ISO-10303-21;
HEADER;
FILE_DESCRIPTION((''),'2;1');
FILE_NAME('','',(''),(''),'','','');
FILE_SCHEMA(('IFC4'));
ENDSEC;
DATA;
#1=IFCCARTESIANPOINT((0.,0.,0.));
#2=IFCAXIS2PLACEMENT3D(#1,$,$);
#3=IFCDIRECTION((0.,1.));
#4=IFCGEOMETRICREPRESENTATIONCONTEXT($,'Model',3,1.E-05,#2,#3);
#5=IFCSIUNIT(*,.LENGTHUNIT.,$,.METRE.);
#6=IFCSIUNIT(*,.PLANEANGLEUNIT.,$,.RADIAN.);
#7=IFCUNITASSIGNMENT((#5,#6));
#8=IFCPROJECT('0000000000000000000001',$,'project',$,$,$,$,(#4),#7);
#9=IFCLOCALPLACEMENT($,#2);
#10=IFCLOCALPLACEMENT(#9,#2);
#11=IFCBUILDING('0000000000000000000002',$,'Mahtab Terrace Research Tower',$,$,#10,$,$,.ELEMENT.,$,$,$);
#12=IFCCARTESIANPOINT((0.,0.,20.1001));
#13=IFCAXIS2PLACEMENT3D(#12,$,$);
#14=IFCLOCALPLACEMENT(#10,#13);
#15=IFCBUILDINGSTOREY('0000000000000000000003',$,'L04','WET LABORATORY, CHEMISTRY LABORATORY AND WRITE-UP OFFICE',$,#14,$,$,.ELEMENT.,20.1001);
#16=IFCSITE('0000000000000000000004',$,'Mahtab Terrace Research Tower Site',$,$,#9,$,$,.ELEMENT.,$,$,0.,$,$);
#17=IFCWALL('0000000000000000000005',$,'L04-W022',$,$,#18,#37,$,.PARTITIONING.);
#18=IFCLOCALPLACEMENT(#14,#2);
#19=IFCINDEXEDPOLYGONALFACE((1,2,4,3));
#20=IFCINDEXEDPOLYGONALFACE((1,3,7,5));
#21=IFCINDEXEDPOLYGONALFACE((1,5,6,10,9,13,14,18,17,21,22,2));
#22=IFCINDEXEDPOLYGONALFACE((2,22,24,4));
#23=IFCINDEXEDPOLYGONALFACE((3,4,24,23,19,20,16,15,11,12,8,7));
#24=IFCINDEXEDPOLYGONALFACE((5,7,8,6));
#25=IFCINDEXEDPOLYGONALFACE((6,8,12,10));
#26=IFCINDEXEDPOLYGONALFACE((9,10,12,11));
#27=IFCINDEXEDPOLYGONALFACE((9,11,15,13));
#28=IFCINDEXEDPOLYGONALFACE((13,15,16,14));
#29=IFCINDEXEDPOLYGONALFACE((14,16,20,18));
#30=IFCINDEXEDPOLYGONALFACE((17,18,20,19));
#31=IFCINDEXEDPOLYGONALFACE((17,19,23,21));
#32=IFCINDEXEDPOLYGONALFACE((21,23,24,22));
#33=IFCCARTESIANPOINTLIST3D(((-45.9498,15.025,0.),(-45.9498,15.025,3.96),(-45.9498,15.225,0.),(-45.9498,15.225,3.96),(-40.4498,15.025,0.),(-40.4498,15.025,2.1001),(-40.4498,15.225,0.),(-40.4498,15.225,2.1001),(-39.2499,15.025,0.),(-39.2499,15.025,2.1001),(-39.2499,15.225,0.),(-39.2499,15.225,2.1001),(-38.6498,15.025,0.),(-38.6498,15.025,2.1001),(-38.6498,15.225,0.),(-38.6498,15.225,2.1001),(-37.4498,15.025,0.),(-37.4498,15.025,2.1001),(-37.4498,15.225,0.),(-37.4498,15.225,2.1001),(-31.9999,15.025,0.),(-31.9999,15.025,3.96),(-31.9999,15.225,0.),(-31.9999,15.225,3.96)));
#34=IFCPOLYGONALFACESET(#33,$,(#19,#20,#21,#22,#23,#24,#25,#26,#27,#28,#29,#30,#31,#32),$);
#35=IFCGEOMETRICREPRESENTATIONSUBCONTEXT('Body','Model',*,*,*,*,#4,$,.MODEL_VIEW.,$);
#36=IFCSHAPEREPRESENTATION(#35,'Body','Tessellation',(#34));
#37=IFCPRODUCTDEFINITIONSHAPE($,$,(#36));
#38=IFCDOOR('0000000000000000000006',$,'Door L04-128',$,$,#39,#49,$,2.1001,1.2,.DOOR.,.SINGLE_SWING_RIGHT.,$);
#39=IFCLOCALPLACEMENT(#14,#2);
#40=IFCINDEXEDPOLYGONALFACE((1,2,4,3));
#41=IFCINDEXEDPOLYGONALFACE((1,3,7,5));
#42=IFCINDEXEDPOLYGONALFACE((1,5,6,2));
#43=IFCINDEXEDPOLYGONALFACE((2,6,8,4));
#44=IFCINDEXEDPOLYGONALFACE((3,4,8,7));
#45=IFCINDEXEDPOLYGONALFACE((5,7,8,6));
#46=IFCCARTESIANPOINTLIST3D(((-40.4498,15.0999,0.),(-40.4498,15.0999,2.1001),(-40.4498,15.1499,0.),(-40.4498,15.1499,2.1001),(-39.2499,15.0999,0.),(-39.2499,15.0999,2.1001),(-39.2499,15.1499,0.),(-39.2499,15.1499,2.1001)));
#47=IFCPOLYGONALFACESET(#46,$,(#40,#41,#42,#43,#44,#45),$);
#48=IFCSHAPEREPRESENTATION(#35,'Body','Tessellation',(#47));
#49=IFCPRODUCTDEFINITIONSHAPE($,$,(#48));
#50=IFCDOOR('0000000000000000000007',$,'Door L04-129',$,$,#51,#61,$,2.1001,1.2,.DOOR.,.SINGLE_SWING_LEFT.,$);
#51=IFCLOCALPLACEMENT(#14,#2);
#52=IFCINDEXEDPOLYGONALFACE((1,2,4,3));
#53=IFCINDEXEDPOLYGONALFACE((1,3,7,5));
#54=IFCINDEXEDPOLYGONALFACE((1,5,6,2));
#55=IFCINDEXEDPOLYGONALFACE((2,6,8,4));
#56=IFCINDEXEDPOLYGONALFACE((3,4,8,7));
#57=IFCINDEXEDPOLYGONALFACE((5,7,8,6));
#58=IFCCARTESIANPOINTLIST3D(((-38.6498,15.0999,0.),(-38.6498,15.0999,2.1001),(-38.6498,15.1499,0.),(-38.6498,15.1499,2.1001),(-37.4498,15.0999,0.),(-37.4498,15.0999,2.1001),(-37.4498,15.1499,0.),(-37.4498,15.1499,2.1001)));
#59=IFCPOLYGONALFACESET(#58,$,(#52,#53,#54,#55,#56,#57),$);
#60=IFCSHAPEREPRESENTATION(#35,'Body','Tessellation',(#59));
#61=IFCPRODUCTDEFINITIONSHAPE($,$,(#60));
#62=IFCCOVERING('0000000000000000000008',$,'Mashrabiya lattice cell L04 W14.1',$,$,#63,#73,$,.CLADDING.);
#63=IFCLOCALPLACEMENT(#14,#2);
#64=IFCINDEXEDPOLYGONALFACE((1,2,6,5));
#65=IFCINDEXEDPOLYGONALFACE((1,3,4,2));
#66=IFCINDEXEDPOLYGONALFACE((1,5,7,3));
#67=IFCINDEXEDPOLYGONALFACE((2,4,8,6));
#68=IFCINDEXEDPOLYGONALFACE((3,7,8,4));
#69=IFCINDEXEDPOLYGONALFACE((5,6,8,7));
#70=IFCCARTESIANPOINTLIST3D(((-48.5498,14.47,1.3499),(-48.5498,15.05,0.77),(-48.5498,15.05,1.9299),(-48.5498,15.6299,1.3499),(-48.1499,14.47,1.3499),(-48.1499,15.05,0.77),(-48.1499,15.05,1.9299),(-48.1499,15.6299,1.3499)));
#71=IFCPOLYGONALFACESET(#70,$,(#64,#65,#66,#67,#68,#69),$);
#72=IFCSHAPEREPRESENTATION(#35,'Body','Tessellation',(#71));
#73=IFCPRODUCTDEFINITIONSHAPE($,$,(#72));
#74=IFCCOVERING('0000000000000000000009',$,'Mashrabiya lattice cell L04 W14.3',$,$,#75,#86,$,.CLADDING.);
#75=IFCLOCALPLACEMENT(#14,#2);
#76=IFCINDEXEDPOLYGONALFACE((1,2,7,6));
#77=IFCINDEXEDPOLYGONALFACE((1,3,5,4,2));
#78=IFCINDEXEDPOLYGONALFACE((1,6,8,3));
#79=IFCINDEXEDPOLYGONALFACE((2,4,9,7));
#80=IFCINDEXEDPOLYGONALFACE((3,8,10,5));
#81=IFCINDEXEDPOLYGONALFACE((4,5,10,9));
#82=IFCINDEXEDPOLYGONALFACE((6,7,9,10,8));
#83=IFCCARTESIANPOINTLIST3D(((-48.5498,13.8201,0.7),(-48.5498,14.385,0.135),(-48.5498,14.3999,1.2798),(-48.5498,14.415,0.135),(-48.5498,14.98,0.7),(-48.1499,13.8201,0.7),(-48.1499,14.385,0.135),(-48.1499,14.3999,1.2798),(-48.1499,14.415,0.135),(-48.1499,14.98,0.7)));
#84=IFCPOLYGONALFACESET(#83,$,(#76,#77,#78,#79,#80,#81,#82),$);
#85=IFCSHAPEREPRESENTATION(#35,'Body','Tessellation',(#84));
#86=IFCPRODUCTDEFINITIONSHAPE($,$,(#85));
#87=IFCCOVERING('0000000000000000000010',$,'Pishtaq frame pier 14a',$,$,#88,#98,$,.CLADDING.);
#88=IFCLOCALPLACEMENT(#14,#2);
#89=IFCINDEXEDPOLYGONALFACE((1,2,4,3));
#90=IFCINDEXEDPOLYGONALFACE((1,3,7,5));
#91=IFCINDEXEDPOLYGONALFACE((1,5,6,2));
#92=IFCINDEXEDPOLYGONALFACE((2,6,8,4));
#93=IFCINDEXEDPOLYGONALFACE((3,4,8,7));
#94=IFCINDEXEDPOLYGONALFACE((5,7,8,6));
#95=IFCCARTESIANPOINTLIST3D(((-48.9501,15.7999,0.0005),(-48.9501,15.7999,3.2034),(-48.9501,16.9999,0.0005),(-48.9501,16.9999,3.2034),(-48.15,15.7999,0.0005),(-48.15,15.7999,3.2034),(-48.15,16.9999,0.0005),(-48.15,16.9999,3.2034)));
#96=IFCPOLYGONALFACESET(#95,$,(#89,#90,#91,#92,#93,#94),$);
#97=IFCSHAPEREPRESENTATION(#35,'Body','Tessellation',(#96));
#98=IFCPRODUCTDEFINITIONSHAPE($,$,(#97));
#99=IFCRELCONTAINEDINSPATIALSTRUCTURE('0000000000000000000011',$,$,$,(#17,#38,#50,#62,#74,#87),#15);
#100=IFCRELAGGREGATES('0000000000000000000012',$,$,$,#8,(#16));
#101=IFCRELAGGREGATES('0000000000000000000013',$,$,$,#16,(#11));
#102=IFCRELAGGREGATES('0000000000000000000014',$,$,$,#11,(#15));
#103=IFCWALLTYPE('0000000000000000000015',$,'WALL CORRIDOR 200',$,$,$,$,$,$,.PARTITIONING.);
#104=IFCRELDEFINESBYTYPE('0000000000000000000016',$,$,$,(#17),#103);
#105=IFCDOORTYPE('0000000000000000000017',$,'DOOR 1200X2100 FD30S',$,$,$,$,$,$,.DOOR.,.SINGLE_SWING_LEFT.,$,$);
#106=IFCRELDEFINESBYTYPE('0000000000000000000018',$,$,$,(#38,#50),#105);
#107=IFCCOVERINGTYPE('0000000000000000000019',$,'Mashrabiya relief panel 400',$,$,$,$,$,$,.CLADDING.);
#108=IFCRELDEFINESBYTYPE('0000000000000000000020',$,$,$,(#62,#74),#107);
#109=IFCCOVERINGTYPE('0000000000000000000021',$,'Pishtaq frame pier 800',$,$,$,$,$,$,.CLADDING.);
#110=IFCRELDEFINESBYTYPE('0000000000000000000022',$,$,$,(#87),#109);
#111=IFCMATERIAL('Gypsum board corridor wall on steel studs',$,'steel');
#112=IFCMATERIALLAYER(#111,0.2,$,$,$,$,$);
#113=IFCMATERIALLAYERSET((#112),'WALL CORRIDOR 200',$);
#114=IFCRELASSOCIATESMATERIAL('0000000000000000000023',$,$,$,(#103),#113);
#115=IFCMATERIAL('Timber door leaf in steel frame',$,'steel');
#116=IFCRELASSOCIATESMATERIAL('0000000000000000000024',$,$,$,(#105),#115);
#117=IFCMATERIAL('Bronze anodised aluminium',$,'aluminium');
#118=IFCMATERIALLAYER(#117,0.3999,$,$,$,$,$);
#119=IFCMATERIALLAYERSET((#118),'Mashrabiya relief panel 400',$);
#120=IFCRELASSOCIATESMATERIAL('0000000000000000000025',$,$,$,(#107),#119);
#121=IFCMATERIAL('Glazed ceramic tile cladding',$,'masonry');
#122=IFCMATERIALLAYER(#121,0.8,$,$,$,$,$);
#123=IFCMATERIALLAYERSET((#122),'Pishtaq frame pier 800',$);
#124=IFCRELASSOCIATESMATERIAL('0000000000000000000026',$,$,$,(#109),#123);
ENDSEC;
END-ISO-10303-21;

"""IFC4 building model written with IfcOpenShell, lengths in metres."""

from ifc_helpers import new_model, si_unit, direction, frame, frame_2d, origin, origin_2d, place, context, subcontext, project, spatial, polyline, rectangle, outline, extrude, material, layer, layer_set, type_object, element, fill, save


model = new_model("IFC4")

# Units and contexts
model_context = context("Model", 3, precision=1e-05, world=origin(), true_north=direction((0.0, 1.0)))
body_context = subcontext(model_context, "Body", "Model", "MODEL_VIEW")
ifc_project = project(units=[si_unit("LENGTHUNIT", "METRE"), si_unit("PLANEANGLEUNIT", "RADIAN")], contexts=[model_context])

# Site, building, storey
site_placement = place(None, origin())
site = spatial("IfcSite", under=ifc_project, at=site_placement, Name="Mahtab Terrace Research Tower Site", CompositionType="ELEMENT", RefElevation=0.0)
building_placement = place(site_placement, origin())
building = spatial("IfcBuilding", under=site, at=building_placement, Name="Mahtab Terrace Research Tower", CompositionType="ELEMENT")
storey_placement = place(building_placement, frame((0.0, 0.0, 20.1001)))
storey = spatial("IfcBuildingStorey", under=building, at=storey_placement, Name="L04", Description="WET LABORATORY, CHEMISTRY LABORATORY AND WRITE-UP OFFICE", CompositionType="ELEMENT", Elevation=20.1001)

# Wall, openings, doors
ifc_material_1 = material(Name="Gypsum board corridor wall on steel studs", Category="steel")
ifc_layer_1 = layer(ifc_material_1, 0.2)
ifc_layer_set_1 = layer_set([ifc_layer_1], Name="WALL CORRIDOR 200")
wall_type = type_object("IfcWallType", Name="WALL CORRIDOR 200", PredefinedType="PARTITIONING", material=ifc_layer_set_1)
wall_placement = place(storey_placement, frame((-45.95, 15.125, 0.0), z_axis=(0.0, 0.0, 1.0), x_axis=(1.0, 0.0, 0.0)))
wall = element("IfcWall", 1, at=wall_placement, inside=storey, type_object=wall_type, Name="L04-W022", PredefinedType="PARTITIONING", context=body_context, shape_type="SweptSolid", body=[
    extrude(rectangle(XDim=13.95, YDim=0.2, at=frame_2d((6.9751, 0.0))), origin(), (0.0, 0.0, 1.0), 3.96),
])
opening_1_placement = place(wall_placement, frame((5.5, 0.0, 0.0)))
opening_1 = element("IfcOpeningElement", 2, at=opening_1_placement, cuts=wall, PredefinedType="OPENING", context=body_context, shape_type="SweptSolid", body=[
    extrude(rectangle(XDim=1.2, YDim=2.1001, at=frame_2d((0.6001, 1.05))), frame((0.0, 0.1099, 0.0), z_axis=(0.0, -1.0, 0.0), x_axis=(1.0, 0.0, 0.0)), (0.0, 0.0, 1.0), 0.22),
])
opening_2_placement = place(wall_placement, frame((7.3, 0.0, 0.0)))
opening_2 = element("IfcOpeningElement", 3, at=opening_2_placement, cuts=wall, PredefinedType="OPENING", context=body_context, shape_type="SweptSolid", body=[
    extrude(rectangle(XDim=1.2, YDim=2.1001, at=frame_2d((0.6001, 1.05))), frame((0.0, 0.1099, 0.0), z_axis=(0.0, -1.0, 0.0), x_axis=(1.0, 0.0, 0.0)), (0.0, 0.0, 1.0), 0.22),
])
ifc_material_2 = material(Name="Timber door leaf in steel frame", Category="steel")
door_type = type_object("IfcDoorType", Name="DOOR 1200X2100 FD30S", OperationType="SINGLE_SWING_LEFT", PredefinedType="DOOR", material=ifc_material_2)
door_1_placement = place(opening_1_placement, origin())
door_1 = element("IfcDoor", 4, at=door_1_placement, inside=storey, type_object=door_type, Name="Door L04-128", OperationType="SINGLE_SWING_RIGHT", OverallHeight=2.1001, OverallWidth=1.2, PredefinedType="DOOR", context=body_context, shape_type="SweptSolid", body=[
    extrude(rectangle(XDim=1.2, YDim=2.1001, at=frame_2d((0.6001, 1.05))), frame((0.0, 0.0249, 0.0), z_axis=(0.0, -1.0, 0.0), x_axis=(1.0, 0.0, 0.0)), (0.0, 0.0, 1.0), 0.05),
])
fill(opening_1, door_1)
door_2_placement = place(opening_2_placement, origin())
door_2 = element("IfcDoor", 5, at=door_2_placement, inside=storey, type_object=door_type, Name="Door L04-129", OperationType="SINGLE_SWING_LEFT", OverallHeight=2.1001, OverallWidth=1.2, PredefinedType="DOOR", context=body_context, shape_type="SweptSolid", body=[
    extrude(rectangle(XDim=1.2, YDim=2.1001, at=frame_2d((0.6001, 1.05))), frame((0.0, 0.0249, 0.0), z_axis=(0.0, -1.0, 0.0), x_axis=(1.0, 0.0, 0.0)), (0.0, 0.0, 1.0), 0.05),
])
fill(opening_2, door_2)

# Coverings
ifc_material_3 = material(Name="Bronze anodised aluminium", Category="aluminium")
ifc_layer_2 = layer(ifc_material_3, 0.3999)
ifc_layer_set_2 = layer_set([ifc_layer_2], Name="Mashrabiya relief panel 400")
covering_type_1 = type_object("IfcCoveringType", Name="Mashrabiya relief panel 400", PredefinedType="CLADDING", material=ifc_layer_set_2)
covering_1_placement = place(storey_placement, frame((-48.1499, 15.05, 1.9299), z_axis=(1.0, 0.0, 0.0), x_axis=(0.0, -0.707107, -0.707107)))
element("IfcCovering", 6, at=covering_1_placement, inside=storey, type_object=covering_type_1, Name="Mashrabiya lattice cell L04 W14.1", PredefinedType="CLADDING", context=body_context, shape_type="SweptSolid", body=[
    extrude(outline(polyline([(0.0, 0.0), (0.8204, 0.0), (0.8202, 0.8202), (0.0002, 0.8202), (0.0, 0.0)])), origin(), (0.0, 0.0, -1.0), 0.3999),
])
covering_2_placement = place(storey_placement, frame((-48.1499, 14.98, 0.7), z_axis=(1.0, 0.0, 0.0), x_axis=(0.0, -0.707256, 0.706958)))
element("IfcCovering", 7, at=covering_2_placement, inside=storey, type_object=covering_type_1, Name="Mashrabiya lattice cell L04 W14.3", PredefinedType="CLADDING", context=body_context, shape_type="SweptSolid", body=[
    extrude(outline(polyline([(0.0, 0.0), (0.8202, 0.0), (0.8204, 0.82), (0.0214, 0.8202), (0.0002, 0.7989), (0.0, 0.0)])), origin(), (0.0, 0.0, -1.0), 0.3999),
])
ifc_material_4 = material(Name="Glazed ceramic tile cladding", Category="masonry")
ifc_layer_3 = layer(ifc_material_4, 0.8)
ifc_layer_set_3 = layer_set([ifc_layer_3], Name="Pishtaq frame pier 800")
covering_type_2 = type_object("IfcCoveringType", Name="Pishtaq frame pier 800", PredefinedType="CLADDING", material=ifc_layer_set_3)
covering_3_placement = place(storey_placement, frame((-48.55, 16.3999, 0.0005), z_axis=(0.0, 0.0, 1.0), x_axis=(0.0, -1.0, 0.0)))
element("IfcCovering", 8, at=covering_3_placement, inside=storey, type_object=covering_type_2, Name="Pishtaq frame pier 14a", PredefinedType="CLADDING", context=body_context, shape_type="SweptSolid", body=[
    extrude(rectangle(XDim=1.2, YDim=0.8, at=origin_2d()), origin(), (0.0, 0.0, 1.0), 3.2029),
])

save(model, "model.ifc")
